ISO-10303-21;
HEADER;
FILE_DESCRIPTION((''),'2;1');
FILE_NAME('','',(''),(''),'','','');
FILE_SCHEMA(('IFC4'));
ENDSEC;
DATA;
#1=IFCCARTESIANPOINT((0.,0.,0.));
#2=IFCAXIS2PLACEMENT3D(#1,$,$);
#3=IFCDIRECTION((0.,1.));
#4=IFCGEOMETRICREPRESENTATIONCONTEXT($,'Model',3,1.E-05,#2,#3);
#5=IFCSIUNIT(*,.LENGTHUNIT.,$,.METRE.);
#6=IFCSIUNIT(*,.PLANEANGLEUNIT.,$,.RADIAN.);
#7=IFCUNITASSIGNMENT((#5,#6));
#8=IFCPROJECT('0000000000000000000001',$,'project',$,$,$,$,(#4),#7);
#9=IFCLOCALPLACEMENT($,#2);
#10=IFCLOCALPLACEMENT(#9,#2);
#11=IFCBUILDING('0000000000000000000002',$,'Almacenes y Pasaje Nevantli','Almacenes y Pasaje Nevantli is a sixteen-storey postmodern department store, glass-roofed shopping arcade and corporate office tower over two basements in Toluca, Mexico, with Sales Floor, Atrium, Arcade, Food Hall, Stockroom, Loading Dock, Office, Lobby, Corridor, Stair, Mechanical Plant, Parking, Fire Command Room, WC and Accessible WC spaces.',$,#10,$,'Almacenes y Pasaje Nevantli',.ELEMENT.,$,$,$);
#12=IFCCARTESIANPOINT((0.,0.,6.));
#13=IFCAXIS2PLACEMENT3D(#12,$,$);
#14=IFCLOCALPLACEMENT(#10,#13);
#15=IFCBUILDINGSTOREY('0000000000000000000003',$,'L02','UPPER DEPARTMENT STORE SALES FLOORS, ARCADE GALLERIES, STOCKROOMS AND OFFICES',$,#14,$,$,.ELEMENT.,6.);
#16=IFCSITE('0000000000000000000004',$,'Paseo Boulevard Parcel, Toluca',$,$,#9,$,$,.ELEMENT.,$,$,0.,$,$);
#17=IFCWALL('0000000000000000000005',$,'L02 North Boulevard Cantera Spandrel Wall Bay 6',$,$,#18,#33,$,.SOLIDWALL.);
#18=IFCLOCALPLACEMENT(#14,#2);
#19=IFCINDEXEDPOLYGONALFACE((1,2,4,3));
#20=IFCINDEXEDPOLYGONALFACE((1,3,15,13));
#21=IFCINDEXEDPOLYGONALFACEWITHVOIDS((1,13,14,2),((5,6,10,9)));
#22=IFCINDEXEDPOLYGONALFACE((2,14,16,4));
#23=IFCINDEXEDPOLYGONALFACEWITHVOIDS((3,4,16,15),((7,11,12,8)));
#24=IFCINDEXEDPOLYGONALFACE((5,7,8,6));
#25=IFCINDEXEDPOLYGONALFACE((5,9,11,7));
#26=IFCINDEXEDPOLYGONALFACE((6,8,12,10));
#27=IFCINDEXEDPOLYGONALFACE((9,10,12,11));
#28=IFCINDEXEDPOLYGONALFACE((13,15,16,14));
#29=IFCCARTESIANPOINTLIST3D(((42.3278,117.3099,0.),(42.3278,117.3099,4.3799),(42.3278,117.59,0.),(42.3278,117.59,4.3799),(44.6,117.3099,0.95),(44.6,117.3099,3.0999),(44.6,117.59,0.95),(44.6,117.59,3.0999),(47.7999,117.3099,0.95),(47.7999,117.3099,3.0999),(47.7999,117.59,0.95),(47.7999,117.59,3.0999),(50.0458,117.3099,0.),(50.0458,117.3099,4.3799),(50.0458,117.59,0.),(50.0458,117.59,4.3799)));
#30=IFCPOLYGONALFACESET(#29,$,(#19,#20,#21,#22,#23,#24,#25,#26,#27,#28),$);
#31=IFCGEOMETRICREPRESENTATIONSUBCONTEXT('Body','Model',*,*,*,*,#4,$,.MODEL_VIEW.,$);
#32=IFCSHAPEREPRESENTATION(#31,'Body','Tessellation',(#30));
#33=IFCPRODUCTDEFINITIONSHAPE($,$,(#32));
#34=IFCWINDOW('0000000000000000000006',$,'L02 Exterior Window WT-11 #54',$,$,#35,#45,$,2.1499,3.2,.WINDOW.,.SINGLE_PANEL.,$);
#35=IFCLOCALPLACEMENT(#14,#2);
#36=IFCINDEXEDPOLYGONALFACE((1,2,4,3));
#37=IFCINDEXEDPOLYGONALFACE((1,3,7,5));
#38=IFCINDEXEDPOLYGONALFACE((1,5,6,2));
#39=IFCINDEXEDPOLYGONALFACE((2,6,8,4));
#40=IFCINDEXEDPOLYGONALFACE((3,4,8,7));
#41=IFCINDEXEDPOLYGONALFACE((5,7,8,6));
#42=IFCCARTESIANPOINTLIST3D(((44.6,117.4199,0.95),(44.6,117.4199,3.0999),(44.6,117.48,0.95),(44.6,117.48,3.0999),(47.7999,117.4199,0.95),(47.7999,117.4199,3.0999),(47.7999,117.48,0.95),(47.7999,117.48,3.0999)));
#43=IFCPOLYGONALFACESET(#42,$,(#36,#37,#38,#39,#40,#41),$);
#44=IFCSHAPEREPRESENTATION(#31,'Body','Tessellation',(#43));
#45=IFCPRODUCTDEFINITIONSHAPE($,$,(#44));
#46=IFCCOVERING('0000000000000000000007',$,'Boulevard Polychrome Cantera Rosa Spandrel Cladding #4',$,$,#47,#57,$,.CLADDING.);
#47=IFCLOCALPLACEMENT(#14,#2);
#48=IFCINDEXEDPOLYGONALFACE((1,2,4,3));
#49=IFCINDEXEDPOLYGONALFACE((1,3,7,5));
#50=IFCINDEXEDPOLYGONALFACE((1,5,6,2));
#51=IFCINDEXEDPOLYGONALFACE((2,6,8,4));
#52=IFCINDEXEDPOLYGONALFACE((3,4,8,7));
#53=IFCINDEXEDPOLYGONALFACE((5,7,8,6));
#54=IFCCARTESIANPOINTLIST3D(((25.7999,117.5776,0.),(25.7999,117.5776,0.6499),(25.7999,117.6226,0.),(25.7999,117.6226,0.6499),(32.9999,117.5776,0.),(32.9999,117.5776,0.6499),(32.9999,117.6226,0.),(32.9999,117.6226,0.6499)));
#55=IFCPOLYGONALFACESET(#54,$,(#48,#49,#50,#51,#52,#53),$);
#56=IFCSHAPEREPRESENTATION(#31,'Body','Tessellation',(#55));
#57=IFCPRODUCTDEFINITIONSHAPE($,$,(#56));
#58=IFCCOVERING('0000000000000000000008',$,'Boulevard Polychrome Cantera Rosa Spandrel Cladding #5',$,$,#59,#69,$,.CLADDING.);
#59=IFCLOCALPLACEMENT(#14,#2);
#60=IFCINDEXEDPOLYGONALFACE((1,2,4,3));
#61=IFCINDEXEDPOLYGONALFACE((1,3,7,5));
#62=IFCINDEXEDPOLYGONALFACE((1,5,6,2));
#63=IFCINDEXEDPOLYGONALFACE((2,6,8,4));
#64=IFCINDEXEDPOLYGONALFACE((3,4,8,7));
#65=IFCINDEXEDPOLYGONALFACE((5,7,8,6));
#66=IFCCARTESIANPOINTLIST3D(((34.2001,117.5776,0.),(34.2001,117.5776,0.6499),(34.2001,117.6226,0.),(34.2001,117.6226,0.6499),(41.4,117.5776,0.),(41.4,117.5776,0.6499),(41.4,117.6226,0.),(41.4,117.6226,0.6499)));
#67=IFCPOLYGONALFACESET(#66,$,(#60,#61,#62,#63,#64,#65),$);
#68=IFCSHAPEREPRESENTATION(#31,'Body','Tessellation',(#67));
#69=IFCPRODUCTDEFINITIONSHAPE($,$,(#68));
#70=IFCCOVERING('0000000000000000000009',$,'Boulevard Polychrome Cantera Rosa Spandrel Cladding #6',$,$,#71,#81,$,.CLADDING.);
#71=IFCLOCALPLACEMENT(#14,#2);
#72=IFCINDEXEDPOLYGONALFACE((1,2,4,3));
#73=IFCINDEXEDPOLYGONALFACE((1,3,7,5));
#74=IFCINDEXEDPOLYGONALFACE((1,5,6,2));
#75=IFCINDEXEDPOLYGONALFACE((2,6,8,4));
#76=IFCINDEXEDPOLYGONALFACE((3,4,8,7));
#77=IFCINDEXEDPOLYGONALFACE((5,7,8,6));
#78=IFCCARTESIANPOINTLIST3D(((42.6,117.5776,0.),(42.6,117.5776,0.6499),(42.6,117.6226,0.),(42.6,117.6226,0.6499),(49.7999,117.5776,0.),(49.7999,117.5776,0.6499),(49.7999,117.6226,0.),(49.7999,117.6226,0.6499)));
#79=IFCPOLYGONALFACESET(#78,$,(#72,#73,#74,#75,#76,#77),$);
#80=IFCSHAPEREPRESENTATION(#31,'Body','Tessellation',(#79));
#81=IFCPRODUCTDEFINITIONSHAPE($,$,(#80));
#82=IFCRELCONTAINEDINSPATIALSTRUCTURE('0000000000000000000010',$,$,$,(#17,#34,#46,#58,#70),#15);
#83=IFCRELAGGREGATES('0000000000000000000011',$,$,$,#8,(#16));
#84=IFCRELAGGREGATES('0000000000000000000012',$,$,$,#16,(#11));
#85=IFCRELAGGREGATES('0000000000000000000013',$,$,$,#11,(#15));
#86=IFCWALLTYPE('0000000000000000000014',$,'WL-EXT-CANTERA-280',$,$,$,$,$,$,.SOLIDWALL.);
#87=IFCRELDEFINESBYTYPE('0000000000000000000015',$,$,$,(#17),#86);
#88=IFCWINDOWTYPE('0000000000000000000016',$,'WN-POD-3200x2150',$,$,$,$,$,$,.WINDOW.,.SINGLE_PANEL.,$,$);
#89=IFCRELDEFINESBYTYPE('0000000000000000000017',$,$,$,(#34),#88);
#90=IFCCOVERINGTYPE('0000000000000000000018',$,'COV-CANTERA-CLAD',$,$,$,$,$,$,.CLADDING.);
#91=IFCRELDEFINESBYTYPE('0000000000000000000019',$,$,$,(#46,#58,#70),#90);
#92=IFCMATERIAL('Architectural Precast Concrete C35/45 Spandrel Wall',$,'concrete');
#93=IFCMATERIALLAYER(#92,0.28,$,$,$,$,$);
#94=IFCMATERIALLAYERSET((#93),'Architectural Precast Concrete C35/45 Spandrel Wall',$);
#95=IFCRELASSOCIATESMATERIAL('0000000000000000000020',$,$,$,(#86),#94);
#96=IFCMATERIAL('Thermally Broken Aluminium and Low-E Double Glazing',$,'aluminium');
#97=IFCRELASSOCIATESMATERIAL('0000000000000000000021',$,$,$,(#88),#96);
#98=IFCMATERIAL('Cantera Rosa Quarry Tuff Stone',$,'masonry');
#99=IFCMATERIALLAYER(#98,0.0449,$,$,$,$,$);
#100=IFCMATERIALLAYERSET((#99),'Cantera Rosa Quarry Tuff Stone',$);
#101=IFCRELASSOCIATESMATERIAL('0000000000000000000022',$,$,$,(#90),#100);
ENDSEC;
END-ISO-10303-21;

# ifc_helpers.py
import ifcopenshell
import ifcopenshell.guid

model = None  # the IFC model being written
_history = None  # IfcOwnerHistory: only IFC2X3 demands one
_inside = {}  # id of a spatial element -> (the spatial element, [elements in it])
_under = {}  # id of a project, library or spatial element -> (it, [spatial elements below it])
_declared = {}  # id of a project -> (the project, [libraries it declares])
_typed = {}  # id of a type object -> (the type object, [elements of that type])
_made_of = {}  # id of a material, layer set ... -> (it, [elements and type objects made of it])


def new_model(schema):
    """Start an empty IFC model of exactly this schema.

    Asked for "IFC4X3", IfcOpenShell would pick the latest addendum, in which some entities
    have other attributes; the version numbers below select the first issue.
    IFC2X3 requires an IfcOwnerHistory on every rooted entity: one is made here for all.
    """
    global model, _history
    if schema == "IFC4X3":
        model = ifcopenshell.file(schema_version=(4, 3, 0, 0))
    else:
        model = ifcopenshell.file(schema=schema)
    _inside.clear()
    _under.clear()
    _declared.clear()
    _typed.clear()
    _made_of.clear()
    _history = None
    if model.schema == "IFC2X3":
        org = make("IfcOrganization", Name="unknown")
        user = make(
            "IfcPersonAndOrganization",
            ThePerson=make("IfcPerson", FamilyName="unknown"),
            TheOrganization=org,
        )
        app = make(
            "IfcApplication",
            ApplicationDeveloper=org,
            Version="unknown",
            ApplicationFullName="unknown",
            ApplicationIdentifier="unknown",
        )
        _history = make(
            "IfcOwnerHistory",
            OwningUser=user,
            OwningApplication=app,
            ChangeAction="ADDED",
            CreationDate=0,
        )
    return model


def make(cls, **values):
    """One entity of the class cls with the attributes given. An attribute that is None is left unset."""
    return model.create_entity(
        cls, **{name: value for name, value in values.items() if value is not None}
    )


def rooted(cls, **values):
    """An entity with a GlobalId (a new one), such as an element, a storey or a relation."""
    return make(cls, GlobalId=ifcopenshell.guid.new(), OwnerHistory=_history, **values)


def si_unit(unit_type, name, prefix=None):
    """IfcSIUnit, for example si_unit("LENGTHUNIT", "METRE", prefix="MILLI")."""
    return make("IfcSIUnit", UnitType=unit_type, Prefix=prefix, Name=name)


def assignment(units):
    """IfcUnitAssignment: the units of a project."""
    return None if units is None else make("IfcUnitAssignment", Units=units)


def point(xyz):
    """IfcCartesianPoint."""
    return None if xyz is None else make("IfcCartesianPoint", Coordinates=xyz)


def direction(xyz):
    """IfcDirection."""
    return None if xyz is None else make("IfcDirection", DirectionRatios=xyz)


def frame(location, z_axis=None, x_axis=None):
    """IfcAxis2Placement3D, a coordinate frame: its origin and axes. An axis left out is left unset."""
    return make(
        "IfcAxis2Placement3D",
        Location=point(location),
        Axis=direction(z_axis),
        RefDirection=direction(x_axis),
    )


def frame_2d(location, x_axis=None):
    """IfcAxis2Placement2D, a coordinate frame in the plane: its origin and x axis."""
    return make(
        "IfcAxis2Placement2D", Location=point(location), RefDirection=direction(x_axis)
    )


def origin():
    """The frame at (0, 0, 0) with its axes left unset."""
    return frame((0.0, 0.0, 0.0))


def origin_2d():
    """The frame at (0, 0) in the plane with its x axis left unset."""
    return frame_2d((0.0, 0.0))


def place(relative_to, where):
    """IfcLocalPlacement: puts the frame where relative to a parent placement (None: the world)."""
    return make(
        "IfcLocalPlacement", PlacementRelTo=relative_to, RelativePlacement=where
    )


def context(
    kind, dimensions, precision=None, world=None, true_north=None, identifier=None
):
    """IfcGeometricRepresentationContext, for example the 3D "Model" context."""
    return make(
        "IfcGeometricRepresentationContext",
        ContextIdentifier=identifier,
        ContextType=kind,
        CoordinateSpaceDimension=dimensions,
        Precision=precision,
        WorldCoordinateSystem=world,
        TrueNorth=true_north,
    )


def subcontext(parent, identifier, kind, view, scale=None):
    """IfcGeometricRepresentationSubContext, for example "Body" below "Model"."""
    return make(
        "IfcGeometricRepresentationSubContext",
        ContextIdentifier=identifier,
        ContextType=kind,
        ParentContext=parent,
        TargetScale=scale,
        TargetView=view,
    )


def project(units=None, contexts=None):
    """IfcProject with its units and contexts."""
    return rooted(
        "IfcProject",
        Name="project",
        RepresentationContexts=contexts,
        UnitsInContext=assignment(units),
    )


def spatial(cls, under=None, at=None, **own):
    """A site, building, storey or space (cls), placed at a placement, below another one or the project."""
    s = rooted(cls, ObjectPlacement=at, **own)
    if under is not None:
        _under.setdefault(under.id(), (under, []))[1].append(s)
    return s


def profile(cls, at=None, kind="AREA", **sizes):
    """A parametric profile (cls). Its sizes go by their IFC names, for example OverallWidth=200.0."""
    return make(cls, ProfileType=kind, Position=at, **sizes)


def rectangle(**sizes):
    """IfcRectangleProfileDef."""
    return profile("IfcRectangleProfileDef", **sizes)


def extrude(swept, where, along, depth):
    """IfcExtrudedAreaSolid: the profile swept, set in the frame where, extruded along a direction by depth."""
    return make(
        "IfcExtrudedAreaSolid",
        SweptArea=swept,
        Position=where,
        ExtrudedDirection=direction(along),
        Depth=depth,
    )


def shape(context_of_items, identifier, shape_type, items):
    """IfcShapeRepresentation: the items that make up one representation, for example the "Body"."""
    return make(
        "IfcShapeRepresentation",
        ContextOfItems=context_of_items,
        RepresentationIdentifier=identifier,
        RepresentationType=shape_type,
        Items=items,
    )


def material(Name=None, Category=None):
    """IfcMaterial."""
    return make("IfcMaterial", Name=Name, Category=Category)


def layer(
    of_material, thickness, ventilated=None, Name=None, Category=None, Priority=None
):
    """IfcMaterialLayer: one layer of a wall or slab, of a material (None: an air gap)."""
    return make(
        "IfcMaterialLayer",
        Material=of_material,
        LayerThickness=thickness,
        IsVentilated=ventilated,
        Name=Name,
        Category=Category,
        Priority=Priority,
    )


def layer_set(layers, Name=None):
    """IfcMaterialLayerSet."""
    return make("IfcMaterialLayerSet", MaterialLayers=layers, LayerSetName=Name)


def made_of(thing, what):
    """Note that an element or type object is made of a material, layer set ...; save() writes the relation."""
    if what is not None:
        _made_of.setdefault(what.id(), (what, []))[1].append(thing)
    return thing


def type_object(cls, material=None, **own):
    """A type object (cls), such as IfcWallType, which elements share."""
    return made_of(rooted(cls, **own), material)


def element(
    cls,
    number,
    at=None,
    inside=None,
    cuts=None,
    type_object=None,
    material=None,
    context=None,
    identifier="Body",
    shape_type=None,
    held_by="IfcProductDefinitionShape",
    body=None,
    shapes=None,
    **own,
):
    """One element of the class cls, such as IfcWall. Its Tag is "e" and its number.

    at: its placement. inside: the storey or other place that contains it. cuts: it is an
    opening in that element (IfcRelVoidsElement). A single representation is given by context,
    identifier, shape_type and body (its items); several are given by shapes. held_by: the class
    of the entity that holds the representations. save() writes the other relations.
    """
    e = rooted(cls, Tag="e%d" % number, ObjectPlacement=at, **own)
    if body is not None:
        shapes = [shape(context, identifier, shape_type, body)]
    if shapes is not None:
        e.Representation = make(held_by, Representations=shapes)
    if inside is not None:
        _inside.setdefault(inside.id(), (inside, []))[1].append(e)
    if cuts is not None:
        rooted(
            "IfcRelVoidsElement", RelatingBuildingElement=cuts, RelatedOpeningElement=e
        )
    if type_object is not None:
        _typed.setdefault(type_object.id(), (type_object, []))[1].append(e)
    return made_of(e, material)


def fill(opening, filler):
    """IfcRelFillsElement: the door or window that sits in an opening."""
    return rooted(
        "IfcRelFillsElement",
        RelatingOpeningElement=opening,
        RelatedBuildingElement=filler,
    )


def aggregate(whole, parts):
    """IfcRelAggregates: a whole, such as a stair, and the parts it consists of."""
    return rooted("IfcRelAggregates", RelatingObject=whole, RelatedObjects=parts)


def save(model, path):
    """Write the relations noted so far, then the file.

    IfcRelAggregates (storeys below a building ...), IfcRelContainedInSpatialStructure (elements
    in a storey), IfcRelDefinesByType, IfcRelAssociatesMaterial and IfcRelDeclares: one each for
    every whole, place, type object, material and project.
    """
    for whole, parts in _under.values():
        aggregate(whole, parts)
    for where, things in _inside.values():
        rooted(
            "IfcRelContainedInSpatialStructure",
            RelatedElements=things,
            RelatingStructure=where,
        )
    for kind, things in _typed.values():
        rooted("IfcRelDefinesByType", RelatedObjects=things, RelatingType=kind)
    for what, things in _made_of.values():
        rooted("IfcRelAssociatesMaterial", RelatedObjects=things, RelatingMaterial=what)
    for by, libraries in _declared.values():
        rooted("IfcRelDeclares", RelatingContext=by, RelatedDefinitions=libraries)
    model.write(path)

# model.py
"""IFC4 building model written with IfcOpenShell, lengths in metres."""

from ifc_helpers import new_model, si_unit, direction, frame, frame_2d, origin, origin_2d, place, context, subcontext, project, spatial, rectangle, extrude, material, layer, layer_set, type_object, element, fill, save


model = new_model("IFC4")

# Units and contexts
model_context = context("Model", 3, precision=1e-05, world=origin(), true_north=direction((0.0, 1.0)))
body_context = subcontext(model_context, "Body", "Model", "MODEL_VIEW")
ifc_project = project(units=[si_unit("LENGTHUNIT", "METRE"), si_unit("PLANEANGLEUNIT", "RADIAN")], contexts=[model_context])

# Site, building, storey
site_placement = place(None, origin())
site = spatial("IfcSite", under=ifc_project, at=site_placement, Name="Paseo Boulevard Parcel, Toluca", CompositionType="ELEMENT", RefElevation=0.0)
building_placement = place(site_placement, origin())
building = spatial("IfcBuilding", under=site, at=building_placement, Name="Almacenes y Pasaje Nevantli", Description="Almacenes y Pasaje Nevantli is a sixteen-storey postmodern department store, glass-roofed shopping arcade and corporate office tower over two basements in Toluca, Mexico, with Sales Floor, Atrium, Arcade, Food Hall, Stockroom, Loading Dock, Office, Lobby, Corridor, Stair, Mechanical Plant, Parking, Fire Command Room, WC and Accessible WC spaces.", LongName="Almacenes y Pasaje Nevantli", CompositionType="ELEMENT")
storey_placement = place(building_placement, frame((0.0, 0.0, 6.0)))
storey = spatial("IfcBuildingStorey", under=building, at=storey_placement, Name="L02", Description="UPPER DEPARTMENT STORE SALES FLOORS, ARCADE GALLERIES, STOCKROOMS AND OFFICES", CompositionType="ELEMENT", Elevation=6.0)

# Wall, opening, window
ifc_material_1 = material(Name="Architectural Precast Concrete C35/45 Spandrel Wall", Category="concrete")
ifc_layer_1 = layer(ifc_material_1, 0.28)
ifc_layer_set_1 = layer_set([ifc_layer_1], Name="Architectural Precast Concrete C35/45 Spandrel Wall")
wall_type = type_object("IfcWallType", Name="WL-EXT-CANTERA-280", PredefinedType="SOLIDWALL", material=ifc_layer_set_1)
wall_1_placement = place(storey_placement, frame((42.3279, 117.45, 0.0), z_axis=(0.0, 0.0, 1.0), x_axis=(1.0, 0.0, 0.0)))
wall_1 = element("IfcWall", 1, at=wall_1_placement, inside=storey, type_object=wall_type, Name="L02 North Boulevard Cantera Spandrel Wall Bay 6", PredefinedType="SOLIDWALL", context=body_context, shape_type="SweptSolid", body=[
    extrude(rectangle(XDim=7.718, YDim=0.28, at=frame_2d((3.8589, 0.0))), origin(), (0.0, 0.0, 1.0), 4.3799),
])
opening_1_placement = place(wall_1_placement, frame((2.272, 0.0, 0.95)))
opening_1 = element("IfcOpeningElement", 2, at=opening_1_placement, cuts=wall_1, PredefinedType="OPENING", context=body_context, shape_type="SweptSolid", body=[
    extrude(rectangle(XDim=3.2, YDim=2.1499, at=frame_2d((1.6001, 1.075))), frame((0.0, 0.1499, 0.0), z_axis=(0.0, -1.0, 0.0), x_axis=(1.0, 0.0, 0.0)), (0.0, 0.0, 1.0), 0.3),
])
ifc_material_2 = material(Name="Thermally Broken Aluminium and Low-E Double Glazing", Category="aluminium")
window_type_1 = type_object("IfcWindowType", Name="WN-POD-3200x2150", PartitioningType="SINGLE_PANEL", PredefinedType="WINDOW", material=ifc_material_2)
window_1_placement = place(opening_1_placement, origin())
window_1 = element("IfcWindow", 3, at=window_1_placement, inside=storey, type_object=window_type_1, Name="L02 Exterior Window WT-11 #54", OverallHeight=2.1499, OverallWidth=3.2, PartitioningType="SINGLE_PANEL", PredefinedType="WINDOW", context=body_context, shape_type="SweptSolid", body=[
    extrude(rectangle(XDim=3.2, YDim=2.1499, at=frame_2d((1.6001, 1.075))), frame((0.0, 0.03, 0.0), z_axis=(0.0, -1.0, 0.0), x_axis=(1.0, 0.0, 0.0)), (0.0, 0.0, 1.0), 0.0601),
])
fill(opening_1, window_1)

# Coverings
ifc_material_3 = material(Name="Cantera Rosa Quarry Tuff Stone", Category="masonry")
ifc_layer_2 = layer(ifc_material_3, 0.0449)
ifc_layer_set_2 = layer_set([ifc_layer_2], Name="Cantera Rosa Quarry Tuff Stone")
covering_type = type_object("IfcCoveringType", Name="COV-CANTERA-CLAD", PredefinedType="CLADDING", material=ifc_layer_set_2)
for number, where, z_axis, x_axis, name in (
    (4, (29.3999, 117.6001, 0.0), (0.0, 0.0, 1.0), (1.0, 0.0, 0.0), "Boulevard Polychrome Cantera Rosa Spandrel Cladding #4"),
    (5, (37.8, 117.6001, 0.0), (0.0, 0.0, 1.0), (1.0, 0.0, 0.0), "Boulevard Polychrome Cantera Rosa Spandrel Cladding #5"),
    (6, (46.2, 117.6001, 0.0), (0.0, 0.0, 1.0), (1.0, 0.0, 0.0), "Boulevard Polychrome Cantera Rosa Spandrel Cladding #6"),
):
    element("IfcCovering", number, at=place(storey_placement, frame(where, z_axis=z_axis, x_axis=x_axis)), inside=storey, type_object=covering_type, Name=name, PredefinedType="CLADDING", context=body_context, shape_type="SweptSolid", body=[
        extrude(rectangle(XDim=7.2, YDim=0.0449, at=origin_2d()), origin(), (0.0, 0.0, 1.0), 0.6499),
    ])

save(model, "model.ifc")
